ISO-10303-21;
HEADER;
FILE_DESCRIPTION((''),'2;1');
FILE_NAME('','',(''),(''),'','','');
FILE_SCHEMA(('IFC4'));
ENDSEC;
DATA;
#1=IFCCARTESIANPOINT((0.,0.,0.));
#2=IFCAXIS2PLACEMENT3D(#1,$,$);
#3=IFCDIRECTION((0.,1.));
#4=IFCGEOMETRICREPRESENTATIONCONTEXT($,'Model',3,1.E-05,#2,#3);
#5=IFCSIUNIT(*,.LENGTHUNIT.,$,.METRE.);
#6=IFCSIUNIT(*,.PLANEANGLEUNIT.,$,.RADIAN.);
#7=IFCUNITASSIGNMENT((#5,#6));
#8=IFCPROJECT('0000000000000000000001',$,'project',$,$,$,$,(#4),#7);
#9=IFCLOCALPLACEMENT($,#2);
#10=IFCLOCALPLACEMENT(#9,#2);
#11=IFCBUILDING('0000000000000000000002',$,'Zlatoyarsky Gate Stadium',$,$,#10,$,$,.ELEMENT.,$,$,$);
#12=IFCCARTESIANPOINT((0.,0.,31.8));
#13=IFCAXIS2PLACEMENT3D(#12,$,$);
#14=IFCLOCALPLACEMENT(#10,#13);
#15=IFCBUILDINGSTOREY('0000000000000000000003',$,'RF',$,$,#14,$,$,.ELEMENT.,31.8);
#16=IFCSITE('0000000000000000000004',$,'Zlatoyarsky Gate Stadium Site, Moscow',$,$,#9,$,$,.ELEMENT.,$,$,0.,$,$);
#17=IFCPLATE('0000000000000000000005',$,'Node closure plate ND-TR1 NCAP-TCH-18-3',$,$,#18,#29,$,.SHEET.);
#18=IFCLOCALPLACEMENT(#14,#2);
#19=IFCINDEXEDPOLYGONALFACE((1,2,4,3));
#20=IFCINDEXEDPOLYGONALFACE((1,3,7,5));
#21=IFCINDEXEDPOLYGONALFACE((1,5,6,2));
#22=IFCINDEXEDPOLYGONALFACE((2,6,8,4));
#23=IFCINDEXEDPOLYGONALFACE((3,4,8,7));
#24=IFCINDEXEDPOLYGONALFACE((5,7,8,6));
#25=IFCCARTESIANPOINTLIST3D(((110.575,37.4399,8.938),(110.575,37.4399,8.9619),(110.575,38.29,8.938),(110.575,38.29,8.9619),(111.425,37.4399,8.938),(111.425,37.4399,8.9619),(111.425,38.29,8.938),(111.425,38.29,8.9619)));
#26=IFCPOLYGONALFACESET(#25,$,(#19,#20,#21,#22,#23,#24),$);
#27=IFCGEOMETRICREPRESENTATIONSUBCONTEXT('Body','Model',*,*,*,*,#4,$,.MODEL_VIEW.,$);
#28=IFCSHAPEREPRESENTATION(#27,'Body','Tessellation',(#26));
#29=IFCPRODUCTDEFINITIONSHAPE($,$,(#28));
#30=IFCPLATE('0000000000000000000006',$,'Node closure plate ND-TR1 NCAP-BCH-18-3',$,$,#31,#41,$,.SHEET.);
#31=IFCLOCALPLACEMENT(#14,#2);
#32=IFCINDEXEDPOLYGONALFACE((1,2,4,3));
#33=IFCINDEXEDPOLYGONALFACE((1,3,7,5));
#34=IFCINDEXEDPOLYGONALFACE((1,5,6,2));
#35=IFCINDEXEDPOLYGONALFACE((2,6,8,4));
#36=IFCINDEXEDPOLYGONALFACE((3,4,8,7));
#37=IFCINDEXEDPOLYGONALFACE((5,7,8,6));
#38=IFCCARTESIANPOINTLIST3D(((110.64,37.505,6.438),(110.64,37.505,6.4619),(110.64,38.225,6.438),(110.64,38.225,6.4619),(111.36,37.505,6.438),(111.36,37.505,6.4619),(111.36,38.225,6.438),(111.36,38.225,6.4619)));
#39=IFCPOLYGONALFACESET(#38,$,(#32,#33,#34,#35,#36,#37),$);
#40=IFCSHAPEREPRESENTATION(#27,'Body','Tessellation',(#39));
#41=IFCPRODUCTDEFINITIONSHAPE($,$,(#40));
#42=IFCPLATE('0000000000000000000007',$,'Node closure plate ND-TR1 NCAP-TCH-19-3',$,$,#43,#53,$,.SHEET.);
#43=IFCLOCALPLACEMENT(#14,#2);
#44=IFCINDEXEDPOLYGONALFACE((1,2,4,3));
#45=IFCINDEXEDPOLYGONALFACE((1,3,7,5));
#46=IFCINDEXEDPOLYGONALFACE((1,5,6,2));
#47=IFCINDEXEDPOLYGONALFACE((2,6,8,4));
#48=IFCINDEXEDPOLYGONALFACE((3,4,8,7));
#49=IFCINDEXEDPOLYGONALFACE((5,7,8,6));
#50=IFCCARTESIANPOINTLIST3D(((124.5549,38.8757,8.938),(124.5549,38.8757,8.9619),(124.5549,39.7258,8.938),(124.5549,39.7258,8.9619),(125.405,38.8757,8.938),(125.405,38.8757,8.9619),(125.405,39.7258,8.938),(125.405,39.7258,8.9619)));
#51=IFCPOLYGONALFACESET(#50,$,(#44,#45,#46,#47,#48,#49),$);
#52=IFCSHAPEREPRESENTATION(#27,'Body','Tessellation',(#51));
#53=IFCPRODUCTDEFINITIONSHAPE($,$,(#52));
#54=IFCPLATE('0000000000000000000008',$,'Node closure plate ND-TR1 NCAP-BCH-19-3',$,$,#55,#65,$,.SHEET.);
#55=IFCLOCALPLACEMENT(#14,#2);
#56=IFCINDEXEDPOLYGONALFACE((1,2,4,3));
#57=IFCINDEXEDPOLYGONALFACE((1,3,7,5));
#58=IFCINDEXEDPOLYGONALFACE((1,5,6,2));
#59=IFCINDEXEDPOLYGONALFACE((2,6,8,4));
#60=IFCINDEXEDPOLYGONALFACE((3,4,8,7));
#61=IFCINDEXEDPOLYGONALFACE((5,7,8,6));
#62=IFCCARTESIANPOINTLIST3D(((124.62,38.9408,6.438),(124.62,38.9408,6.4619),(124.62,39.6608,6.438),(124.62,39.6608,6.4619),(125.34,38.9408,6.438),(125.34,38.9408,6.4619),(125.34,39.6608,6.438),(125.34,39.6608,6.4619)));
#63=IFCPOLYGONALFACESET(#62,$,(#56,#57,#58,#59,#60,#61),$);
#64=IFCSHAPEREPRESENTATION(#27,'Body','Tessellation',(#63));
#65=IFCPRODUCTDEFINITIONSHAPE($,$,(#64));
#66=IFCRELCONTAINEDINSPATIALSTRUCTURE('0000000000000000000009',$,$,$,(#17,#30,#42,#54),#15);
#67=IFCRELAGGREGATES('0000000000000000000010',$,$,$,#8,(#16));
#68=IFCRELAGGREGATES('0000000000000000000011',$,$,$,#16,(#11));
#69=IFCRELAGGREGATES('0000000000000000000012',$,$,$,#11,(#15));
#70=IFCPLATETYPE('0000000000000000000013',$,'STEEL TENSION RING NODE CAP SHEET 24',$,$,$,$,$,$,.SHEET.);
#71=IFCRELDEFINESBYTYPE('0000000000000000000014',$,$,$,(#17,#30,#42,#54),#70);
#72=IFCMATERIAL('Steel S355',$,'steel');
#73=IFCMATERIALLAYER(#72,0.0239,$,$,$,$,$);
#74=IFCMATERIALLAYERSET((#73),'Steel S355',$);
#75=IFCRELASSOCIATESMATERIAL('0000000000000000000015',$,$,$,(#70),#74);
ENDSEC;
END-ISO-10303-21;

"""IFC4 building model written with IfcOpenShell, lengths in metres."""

from ifc_helpers import new_model, si_unit, direction, frame, origin, origin_2d, place, context, subcontext, project, spatial, rectangle, extrude, material, layer, layer_set, type_object, element, save


model = new_model("IFC4")

# Units and contexts
model_context = context("Model", 3, precision=1e-05, world=origin(), true_north=direction((0.0, 1.0)))
body_context = subcontext(model_context, "Body", "Model", "MODEL_VIEW")
ifc_project = project(units=[si_unit("LENGTHUNIT", "METRE"), si_unit("PLANEANGLEUNIT", "RADIAN")], contexts=[model_context])

# Site, building, storey
site_placement = place(None, origin())
site = spatial("IfcSite", under=ifc_project, at=site_placement, Name="Zlatoyarsky Gate Stadium Site, Moscow", CompositionType="ELEMENT", RefElevation=0.0)
building_placement = place(site_placement, origin())
building = spatial("IfcBuilding", under=site, at=building_placement, Name="Zlatoyarsky Gate Stadium", CompositionType="ELEMENT")
storey_placement = place(building_placement, frame((0.0, 0.0, 31.8)))
storey = spatial("IfcBuildingStorey", under=building, at=storey_placement, Name="RF", CompositionType="ELEMENT", Elevation=31.8)

# Shared definitions
ifc_material = material(Name="Steel S355", Category="steel")

# Plates
ifc_layer_1 = layer(ifc_material, 0.0239)
ifc_layer_set_1 = layer_set([ifc_layer_1], Name="Steel S355")
plate_type_1 = type_object("IfcPlateType", Name="STEEL TENSION RING NODE CAP SHEET 24", PredefinedType="SHEET", material=ifc_layer_set_1)
plate_1_placement = place(storey_placement, frame((111.0, 37.865, 8.938), z_axis=(0.0, 0.0, 1.0), x_axis=(1.0, 0.0, 0.0)))
element("IfcPlate", 1, at=plate_1_placement, inside=storey, type_object=plate_type_1, Name="Node closure plate ND-TR1 NCAP-TCH-18-3", PredefinedType="SHEET", context=body_context, shape_type="SweptSolid", body=[
    extrude(rectangle(XDim=0.8501, YDim=0.8501, at=origin_2d()), origin(), (0.0, 0.0, 1.0), 0.0239),
])
plate_2_placement = place(storey_placement, frame((111.0, 37.865, 6.438), z_axis=(0.0, 0.0, 1.0), x_axis=(1.0, 0.0, 0.0)))
element("IfcPlate", 2, at=plate_2_placement, inside=storey, type_object=plate_type_1, Name="Node closure plate ND-TR1 NCAP-BCH-18-3", PredefinedType="SHEET", context=body_context, shape_type="SweptSolid", body=[
    extrude(rectangle(XDim=0.72, YDim=0.72, at=origin_2d()), origin(), (0.0, 0.0, 1.0), 0.0239),
])
plate_3_placement = place(storey_placement, frame((124.98, 39.3008, 8.938), z_axis=(0.0, 0.0, 1.0), x_axis=(1.0, 0.0, 0.0)))
element("IfcPlate", 3, at=plate_3_placement, inside=storey, type_object=plate_type_1, Name="Node closure plate ND-TR1 NCAP-TCH-19-3", PredefinedType="SHEET", context=body_context, shape_type="SweptSolid", body=[
    extrude(rectangle(XDim=0.8501, YDim=0.8501, at=origin_2d()), origin(), (0.0, 0.0, 1.0), 0.0239),
])
plate_4_placement = place(storey_placement, frame((124.98, 39.3008, 6.438), z_axis=(0.0, 0.0, 1.0), x_axis=(1.0, 0.0, 0.0)))
element("IfcPlate", 4, at=plate_4_placement, inside=storey, type_object=plate_type_1, Name="Node closure plate ND-TR1 NCAP-BCH-19-3", PredefinedType="SHEET", context=body_context, shape_type="SweptSolid", body=[
    extrude(rectangle(XDim=0.72, YDim=0.72, at=origin_2d()), origin(), (0.0, 0.0, 1.0), 0.0239),
])

save(model, "model.ifc")
